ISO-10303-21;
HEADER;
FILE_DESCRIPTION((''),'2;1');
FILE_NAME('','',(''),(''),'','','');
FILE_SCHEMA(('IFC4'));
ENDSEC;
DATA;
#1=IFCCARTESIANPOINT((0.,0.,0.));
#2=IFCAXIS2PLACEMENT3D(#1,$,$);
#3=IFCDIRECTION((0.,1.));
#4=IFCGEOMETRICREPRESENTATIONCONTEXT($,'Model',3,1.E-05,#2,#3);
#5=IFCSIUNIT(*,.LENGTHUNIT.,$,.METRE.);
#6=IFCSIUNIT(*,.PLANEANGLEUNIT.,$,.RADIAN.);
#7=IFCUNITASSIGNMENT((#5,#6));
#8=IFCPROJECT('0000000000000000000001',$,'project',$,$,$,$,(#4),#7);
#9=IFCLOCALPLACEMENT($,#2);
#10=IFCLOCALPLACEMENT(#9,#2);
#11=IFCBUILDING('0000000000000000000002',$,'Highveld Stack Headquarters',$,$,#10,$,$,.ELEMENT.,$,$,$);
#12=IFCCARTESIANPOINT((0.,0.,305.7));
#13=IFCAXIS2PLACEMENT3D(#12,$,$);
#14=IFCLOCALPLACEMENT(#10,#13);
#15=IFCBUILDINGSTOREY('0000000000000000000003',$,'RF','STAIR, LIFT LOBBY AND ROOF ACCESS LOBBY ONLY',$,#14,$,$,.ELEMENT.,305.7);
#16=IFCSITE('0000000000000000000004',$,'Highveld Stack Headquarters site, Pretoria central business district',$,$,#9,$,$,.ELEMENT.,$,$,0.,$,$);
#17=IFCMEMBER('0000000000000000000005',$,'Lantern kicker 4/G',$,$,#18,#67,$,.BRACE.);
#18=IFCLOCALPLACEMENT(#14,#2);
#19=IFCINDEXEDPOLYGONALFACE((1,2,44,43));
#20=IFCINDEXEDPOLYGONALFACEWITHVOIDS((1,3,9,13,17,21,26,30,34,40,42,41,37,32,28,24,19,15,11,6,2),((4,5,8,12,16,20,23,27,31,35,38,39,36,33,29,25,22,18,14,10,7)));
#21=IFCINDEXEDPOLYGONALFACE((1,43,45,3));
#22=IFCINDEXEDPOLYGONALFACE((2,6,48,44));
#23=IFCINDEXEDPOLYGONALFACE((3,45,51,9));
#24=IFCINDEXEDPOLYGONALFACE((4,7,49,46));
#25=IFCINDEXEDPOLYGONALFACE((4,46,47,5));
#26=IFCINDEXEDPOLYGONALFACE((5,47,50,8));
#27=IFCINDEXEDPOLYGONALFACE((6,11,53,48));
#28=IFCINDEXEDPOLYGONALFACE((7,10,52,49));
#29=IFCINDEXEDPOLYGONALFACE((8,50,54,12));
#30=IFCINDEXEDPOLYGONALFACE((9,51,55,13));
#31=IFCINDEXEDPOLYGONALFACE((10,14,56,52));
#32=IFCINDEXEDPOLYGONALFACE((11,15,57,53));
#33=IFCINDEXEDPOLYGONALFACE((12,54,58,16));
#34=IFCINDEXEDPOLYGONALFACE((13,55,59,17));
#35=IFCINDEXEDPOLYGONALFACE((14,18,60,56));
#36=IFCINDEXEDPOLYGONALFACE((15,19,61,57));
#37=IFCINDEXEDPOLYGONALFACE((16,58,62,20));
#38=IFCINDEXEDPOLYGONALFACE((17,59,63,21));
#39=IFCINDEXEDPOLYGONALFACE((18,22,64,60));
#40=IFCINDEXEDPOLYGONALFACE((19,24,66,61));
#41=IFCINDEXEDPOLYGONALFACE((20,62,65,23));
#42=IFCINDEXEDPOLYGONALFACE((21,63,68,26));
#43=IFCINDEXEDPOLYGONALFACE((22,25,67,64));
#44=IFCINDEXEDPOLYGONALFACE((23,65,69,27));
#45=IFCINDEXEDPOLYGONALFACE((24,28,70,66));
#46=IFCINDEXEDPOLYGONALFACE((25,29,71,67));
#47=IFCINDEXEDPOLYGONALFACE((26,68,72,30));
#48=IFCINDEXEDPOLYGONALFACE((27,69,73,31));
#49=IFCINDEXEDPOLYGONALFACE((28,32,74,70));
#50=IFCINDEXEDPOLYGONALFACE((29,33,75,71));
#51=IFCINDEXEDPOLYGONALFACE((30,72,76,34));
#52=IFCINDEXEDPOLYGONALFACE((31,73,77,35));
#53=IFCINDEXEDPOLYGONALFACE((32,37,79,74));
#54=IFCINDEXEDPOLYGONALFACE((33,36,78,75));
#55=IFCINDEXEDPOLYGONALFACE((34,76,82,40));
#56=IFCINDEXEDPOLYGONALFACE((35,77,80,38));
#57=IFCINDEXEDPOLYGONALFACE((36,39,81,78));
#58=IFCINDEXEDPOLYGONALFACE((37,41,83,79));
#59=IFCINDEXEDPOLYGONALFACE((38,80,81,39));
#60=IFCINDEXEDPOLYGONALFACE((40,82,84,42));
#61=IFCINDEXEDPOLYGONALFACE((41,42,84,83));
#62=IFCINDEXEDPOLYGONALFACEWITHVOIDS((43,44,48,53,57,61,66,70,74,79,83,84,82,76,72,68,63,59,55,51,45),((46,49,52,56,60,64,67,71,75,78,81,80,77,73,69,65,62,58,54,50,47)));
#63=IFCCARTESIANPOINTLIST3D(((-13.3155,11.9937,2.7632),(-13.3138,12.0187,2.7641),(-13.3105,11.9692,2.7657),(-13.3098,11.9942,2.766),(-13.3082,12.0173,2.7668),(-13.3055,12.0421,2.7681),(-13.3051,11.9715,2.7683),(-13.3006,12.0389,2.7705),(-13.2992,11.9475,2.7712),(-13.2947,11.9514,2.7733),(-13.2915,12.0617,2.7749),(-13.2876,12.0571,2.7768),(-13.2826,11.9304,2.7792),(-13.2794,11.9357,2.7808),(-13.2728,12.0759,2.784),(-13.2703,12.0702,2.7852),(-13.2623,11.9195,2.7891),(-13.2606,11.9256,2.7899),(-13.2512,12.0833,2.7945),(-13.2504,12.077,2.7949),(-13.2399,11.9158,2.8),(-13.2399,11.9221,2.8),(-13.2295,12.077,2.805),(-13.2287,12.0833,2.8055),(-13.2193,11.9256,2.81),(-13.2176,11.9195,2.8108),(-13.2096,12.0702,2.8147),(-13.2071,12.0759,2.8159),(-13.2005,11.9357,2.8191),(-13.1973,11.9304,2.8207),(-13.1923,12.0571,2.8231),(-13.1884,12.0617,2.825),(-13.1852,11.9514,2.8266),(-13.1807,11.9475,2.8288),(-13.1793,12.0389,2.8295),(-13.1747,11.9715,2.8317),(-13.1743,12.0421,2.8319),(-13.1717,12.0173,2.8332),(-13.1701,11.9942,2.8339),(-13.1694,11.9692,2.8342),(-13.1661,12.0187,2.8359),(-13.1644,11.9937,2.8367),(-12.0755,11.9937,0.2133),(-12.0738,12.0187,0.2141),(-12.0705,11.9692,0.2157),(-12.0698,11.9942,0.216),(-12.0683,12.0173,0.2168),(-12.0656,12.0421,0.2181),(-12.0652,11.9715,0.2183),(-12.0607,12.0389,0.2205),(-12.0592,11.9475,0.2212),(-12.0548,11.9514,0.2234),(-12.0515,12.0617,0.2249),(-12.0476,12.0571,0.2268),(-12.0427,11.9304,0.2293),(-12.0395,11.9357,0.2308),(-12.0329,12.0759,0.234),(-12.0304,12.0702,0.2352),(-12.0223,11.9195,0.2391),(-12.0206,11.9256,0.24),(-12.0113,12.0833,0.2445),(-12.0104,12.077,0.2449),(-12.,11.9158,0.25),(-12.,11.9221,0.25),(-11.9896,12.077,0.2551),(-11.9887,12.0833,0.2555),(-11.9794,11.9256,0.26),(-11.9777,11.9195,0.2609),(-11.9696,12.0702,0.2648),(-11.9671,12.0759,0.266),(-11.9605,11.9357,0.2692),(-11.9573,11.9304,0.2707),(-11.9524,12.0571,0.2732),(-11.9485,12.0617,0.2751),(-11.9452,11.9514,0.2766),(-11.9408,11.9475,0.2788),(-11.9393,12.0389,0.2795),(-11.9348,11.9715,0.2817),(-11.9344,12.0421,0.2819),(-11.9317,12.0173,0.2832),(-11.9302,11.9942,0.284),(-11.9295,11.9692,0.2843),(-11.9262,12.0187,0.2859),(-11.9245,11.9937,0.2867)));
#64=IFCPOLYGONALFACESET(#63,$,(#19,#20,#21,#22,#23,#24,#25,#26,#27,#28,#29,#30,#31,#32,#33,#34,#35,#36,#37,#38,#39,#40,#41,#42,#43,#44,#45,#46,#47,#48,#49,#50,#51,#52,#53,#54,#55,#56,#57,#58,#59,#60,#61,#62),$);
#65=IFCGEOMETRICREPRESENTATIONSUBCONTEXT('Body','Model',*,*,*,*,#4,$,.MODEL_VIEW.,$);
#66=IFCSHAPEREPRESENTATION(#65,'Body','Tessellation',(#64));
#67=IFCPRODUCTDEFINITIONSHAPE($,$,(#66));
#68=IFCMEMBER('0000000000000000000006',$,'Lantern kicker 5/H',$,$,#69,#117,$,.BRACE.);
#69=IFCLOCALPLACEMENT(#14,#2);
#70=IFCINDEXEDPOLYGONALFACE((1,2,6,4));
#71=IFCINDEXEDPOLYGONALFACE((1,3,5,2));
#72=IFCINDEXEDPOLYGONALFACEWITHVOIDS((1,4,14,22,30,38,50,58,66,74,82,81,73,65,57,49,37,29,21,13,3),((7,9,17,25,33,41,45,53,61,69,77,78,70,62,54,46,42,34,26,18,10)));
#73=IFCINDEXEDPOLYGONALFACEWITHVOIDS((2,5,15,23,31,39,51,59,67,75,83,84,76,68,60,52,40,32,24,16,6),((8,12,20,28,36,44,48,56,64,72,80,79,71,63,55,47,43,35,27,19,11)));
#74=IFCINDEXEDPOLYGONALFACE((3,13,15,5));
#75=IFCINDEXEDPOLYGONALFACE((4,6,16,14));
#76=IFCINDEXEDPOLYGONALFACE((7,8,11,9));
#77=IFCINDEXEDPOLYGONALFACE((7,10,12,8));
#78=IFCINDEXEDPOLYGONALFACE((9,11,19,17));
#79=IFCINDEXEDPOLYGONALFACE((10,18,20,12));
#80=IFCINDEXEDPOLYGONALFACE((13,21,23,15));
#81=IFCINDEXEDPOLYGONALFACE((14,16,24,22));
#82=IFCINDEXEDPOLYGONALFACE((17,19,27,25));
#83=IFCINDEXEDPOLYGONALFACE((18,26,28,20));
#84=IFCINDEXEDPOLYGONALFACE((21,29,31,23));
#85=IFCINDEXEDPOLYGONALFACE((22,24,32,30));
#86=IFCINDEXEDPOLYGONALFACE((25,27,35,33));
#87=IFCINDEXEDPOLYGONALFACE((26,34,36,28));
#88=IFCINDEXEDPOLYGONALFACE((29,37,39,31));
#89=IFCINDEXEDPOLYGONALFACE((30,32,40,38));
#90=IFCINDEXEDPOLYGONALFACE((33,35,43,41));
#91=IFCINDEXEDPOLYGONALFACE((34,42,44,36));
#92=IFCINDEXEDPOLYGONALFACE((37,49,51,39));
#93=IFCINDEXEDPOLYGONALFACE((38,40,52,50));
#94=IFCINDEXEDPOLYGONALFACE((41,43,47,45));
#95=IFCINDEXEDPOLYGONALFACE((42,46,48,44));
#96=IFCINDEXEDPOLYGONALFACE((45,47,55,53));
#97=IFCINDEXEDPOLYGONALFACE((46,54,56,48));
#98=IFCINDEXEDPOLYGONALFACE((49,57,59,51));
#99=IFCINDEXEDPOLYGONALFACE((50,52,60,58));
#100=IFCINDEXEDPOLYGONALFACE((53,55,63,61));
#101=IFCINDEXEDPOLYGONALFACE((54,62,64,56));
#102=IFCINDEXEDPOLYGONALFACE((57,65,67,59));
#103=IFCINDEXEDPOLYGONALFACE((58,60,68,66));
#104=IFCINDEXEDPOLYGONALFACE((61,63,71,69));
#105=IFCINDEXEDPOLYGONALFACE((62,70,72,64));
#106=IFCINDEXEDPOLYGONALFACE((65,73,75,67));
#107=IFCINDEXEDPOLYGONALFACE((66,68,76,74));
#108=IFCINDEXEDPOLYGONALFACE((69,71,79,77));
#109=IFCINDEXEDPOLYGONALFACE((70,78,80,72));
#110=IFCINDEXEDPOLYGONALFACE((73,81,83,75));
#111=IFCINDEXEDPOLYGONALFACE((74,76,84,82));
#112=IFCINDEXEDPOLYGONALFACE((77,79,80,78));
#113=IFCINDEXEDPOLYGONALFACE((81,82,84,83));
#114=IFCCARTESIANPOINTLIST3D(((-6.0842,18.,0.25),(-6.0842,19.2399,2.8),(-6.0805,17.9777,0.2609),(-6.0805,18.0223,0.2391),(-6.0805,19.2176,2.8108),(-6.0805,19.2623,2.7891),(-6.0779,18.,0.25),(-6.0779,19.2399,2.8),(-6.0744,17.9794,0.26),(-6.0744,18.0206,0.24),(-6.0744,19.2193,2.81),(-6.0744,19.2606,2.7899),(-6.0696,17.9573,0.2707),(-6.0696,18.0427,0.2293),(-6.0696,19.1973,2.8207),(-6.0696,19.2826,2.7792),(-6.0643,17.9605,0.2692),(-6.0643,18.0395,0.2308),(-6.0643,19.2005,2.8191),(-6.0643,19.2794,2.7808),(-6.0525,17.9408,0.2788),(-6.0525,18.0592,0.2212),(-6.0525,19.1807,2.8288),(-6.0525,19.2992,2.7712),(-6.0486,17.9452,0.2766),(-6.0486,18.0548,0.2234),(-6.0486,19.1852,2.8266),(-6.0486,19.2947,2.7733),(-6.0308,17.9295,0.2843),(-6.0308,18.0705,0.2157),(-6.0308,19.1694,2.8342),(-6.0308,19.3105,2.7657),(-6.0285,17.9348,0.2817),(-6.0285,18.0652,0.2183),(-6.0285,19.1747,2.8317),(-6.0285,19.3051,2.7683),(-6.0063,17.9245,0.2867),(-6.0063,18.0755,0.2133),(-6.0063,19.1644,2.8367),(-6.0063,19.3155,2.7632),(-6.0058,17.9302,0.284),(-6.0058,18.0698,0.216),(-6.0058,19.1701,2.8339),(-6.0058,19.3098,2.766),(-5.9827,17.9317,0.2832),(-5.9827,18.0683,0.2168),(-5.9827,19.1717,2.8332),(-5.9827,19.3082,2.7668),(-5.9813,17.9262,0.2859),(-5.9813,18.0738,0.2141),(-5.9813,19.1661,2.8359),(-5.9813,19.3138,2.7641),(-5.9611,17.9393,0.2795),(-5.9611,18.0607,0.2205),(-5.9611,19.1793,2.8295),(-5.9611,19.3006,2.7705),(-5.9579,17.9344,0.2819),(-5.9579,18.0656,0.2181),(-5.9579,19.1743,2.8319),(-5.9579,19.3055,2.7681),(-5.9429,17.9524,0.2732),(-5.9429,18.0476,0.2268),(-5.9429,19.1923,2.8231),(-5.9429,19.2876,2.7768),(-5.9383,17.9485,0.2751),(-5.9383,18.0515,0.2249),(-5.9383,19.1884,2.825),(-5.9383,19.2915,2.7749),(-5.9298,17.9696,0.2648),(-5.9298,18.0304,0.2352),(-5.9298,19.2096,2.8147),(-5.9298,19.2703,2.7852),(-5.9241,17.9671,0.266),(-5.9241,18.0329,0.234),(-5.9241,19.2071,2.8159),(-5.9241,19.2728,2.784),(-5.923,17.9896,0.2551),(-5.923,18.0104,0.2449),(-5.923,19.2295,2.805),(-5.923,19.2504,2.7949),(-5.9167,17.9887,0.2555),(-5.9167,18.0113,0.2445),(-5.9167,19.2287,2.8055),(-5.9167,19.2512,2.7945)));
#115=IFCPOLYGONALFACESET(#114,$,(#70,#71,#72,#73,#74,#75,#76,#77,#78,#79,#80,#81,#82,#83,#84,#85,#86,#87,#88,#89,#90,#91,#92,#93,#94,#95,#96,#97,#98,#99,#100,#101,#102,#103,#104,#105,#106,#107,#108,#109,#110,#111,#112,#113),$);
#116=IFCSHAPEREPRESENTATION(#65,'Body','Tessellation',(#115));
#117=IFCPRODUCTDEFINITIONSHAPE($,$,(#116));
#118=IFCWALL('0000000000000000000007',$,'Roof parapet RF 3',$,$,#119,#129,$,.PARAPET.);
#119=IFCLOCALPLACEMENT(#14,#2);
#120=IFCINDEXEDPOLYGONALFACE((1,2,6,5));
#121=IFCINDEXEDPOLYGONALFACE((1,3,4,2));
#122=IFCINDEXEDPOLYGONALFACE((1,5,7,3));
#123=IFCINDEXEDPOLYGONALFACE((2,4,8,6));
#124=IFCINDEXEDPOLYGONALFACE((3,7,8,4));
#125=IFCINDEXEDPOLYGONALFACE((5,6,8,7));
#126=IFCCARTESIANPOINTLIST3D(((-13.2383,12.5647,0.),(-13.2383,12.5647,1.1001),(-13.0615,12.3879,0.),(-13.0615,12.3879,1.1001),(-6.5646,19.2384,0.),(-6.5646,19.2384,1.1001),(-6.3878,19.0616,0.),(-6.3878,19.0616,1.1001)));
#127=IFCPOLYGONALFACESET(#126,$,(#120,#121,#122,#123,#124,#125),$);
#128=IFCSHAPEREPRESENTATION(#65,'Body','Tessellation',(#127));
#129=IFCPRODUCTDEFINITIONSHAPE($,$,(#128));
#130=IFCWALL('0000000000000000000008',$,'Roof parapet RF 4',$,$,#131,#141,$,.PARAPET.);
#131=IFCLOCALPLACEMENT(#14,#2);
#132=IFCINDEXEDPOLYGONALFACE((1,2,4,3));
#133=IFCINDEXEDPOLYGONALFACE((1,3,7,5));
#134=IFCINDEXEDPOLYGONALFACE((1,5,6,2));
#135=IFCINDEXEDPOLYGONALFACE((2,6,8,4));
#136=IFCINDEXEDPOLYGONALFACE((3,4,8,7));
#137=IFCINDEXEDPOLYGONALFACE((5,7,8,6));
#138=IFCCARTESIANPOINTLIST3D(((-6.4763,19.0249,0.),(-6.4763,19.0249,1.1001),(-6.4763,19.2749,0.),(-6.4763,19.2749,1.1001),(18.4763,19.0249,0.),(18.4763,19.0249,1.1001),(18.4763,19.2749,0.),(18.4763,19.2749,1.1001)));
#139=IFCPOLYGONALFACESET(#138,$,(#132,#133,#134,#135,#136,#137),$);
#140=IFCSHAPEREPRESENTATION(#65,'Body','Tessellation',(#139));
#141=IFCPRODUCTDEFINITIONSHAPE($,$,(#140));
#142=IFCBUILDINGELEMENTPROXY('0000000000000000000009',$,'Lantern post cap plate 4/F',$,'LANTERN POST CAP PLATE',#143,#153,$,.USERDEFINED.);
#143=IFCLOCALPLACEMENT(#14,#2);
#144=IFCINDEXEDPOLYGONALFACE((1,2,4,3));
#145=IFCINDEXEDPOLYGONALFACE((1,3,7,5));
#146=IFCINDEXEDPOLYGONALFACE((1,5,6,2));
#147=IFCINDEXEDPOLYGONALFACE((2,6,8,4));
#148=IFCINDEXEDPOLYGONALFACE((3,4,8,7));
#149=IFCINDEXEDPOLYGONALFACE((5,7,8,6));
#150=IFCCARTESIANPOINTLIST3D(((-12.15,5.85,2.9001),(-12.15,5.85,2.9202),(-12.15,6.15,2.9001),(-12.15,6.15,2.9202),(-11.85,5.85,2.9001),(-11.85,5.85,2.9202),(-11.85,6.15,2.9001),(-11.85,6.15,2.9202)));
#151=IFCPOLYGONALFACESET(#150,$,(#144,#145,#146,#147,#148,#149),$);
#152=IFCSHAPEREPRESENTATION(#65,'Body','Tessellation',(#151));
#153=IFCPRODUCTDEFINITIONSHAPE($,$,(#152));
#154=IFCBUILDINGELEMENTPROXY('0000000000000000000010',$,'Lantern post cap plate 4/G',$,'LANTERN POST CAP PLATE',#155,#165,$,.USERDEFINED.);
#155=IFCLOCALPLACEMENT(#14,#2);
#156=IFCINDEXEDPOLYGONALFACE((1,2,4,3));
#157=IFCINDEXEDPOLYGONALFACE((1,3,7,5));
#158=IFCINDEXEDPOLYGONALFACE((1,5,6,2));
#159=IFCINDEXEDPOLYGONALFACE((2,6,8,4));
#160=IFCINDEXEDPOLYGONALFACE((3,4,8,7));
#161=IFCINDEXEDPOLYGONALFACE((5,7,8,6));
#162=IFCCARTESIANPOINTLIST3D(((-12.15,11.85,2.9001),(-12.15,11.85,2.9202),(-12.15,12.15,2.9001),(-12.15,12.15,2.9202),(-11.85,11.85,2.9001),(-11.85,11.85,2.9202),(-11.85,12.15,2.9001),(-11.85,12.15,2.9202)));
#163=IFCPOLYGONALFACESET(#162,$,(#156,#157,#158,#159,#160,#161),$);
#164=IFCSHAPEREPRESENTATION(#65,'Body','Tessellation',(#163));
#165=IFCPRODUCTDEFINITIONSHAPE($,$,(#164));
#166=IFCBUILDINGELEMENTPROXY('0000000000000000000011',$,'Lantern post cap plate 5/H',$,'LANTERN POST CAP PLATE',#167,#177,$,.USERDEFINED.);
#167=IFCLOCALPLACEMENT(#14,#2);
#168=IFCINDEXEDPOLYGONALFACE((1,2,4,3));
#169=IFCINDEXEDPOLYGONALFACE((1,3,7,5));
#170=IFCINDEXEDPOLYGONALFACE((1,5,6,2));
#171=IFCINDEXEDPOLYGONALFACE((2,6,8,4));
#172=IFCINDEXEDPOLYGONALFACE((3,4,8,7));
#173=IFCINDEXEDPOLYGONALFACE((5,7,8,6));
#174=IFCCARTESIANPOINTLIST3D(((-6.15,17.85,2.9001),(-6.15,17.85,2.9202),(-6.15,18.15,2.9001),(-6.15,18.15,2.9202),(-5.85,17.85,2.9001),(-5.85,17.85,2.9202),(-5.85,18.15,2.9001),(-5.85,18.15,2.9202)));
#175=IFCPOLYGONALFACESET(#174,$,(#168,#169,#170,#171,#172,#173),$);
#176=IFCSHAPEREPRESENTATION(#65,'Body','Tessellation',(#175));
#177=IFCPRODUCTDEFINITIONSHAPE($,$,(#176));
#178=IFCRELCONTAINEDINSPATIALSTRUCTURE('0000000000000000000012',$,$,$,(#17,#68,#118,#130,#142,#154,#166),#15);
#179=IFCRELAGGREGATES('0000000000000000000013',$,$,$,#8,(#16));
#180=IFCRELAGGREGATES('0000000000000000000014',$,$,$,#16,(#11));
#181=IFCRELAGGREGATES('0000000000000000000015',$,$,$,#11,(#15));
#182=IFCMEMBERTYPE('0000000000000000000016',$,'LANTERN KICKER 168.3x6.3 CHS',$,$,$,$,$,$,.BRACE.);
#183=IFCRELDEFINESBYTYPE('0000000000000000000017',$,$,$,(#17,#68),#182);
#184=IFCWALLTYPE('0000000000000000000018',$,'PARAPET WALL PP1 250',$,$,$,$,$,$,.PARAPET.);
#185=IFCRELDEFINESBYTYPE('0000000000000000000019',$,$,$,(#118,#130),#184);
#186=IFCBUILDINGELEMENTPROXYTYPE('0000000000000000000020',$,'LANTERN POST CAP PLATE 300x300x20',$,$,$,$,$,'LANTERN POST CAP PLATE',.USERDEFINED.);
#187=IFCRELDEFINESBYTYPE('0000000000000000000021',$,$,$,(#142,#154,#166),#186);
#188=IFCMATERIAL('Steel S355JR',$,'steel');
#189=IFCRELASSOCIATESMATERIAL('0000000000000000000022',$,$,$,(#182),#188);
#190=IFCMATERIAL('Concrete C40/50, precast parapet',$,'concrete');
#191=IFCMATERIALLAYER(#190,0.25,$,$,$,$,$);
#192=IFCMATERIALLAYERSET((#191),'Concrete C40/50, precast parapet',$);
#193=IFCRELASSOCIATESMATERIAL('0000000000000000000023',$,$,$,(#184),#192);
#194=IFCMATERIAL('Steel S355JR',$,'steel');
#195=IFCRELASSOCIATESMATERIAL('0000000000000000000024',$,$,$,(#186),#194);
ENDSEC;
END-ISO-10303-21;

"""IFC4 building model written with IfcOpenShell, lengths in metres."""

from ifc_helpers import new_model, si_unit, direction, frame, frame_2d, origin, origin_2d, place, context, subcontext, project, spatial, rectangle, hollow_circle, extrude, material, layer, layer_set, material_profile, profile_set, type_object, element, save


model = new_model("IFC4")

# Units and contexts
model_context = context("Model", 3, precision=1e-05, world=origin(), true_north=direction((0.0, 1.0)))
body_context = subcontext(model_context, "Body", "Model", "MODEL_VIEW")
ifc_project = project(units=[si_unit("LENGTHUNIT", "METRE"), si_unit("PLANEANGLEUNIT", "RADIAN")], contexts=[model_context])

# Site, building, storey
site_placement = place(None, origin())
site = spatial("IfcSite", under=ifc_project, at=site_placement, Name="Highveld Stack Headquarters site, Pretoria central business district", CompositionType="ELEMENT", RefElevation=0.0)
building_placement = place(site_placement, origin())
building = spatial("IfcBuilding", under=site, at=building_placement, Name="Highveld Stack Headquarters", CompositionType="ELEMENT")
storey_placement = place(building_placement, frame((0.0, 0.0, 305.7)))
storey = spatial("IfcBuildingStorey", under=building, at=storey_placement, Name="RF", Description="STAIR, LIFT LOBBY AND ROOF ACCESS LOBBY ONLY", CompositionType="ELEMENT", Elevation=305.7)

# Members
ifc_material_1 = material(Name="Steel S355JR", Category="steel")
ifc_material_profile_1 = material_profile(ifc_material_1, hollow_circle(Radius=0.0842, WallThickness=0.0063, at=origin_2d()), Name="168.3x6.3 CHS")
ifc_profile_set_1 = profile_set([ifc_material_profile_1], Name="Steel S355JR")
member_type = type_object("IfcMemberType", Name="LANTERN KICKER 168.3x6.3 CHS", PredefinedType="BRACE", material=ifc_profile_set_1)
for number, where, z_axis, x_axis, name in (
    (1, (-12.0, 12.0, 0.25), (-0.437302, 0.0, 0.899315), (0.0, -1.0, 0.0), "Lantern kicker 4/G"),
    (2, (-6.0, 18.0, 0.25), (0.0, 0.437302, 0.899315), (-1.0, 0.0, 0.0), "Lantern kicker 5/H"),
):
    element("IfcMember", number, at=place(storey_placement, frame(where, z_axis=z_axis, x_axis=x_axis)), inside=storey, type_object=member_type, Name=name, PredefinedType="BRACE", context=body_context, shape_type="SweptSolid", body=[
        extrude(hollow_circle(Radius=0.0842, WallThickness=0.0063, at=origin_2d()), origin(), (0.0, 0.0, 1.0), 2.8354),
    ])

# Walls
ifc_material_2 = material(Name="Concrete C40/50, precast parapet", Category="concrete")
ifc_layer = layer(ifc_material_2, 0.25)
ifc_layer_set = layer_set([ifc_layer], Name="Concrete C40/50, precast parapet")
wall_type = type_object("IfcWallType", Name="PARAPET WALL PP1 250", PredefinedType="PARAPET", material=ifc_layer_set)
wall_1_placement = place(storey_placement, frame((-13.1499, 12.4763, 0.0), z_axis=(0.0, 0.0, 1.0), x_axis=(0.707107, 0.707107, 0.0)))
element("IfcWall", 3, at=wall_1_placement, inside=storey, type_object=wall_type, Name="Roof parapet RF 3", PredefinedType="PARAPET", context=body_context, shape_type="SweptSolid", body=[
    extrude(rectangle(XDim=9.438, YDim=0.25, at=frame_2d((4.719, 0.0))), origin(), (0.0, 0.0, 1.0), 1.1001),
])
wall_2_placement = place(storey_placement, frame((-6.4763, 19.1499, 0.0), z_axis=(0.0, 0.0, 1.0), x_axis=(1.0, 0.0, 0.0)))
element("IfcWall", 4, at=wall_2_placement, inside=storey, type_object=wall_type, Name="Roof parapet RF 4", PredefinedType="PARAPET", context=body_context, shape_type="SweptSolid", body=[
    extrude(rectangle(XDim=24.9526, YDim=0.25, at=frame_2d((12.4763, 0.0))), origin(), (0.0, 0.0, 1.0), 1.1001),
])

# Building element proxies
ifc_material_3 = material(Name="Steel S355JR", Category="steel")
building_element_proxy_type = type_object("IfcBuildingElementProxyType", Name="LANTERN POST CAP PLATE 300x300x20", ElementType="LANTERN POST CAP PLATE", PredefinedType="USERDEFINED", material=ifc_material_3)
for number, where, z_axis, x_axis, name in (
    (5, (-12.0, 6.0, 2.9001), (0.0, 0.0, 1.0), (1.0, 0.0, 0.0), "Lantern post cap plate 4/F"),
    (6, (-12.0, 12.0, 2.9001), (0.0, 0.0, 1.0), (1.0, 0.0, 0.0), "Lantern post cap plate 4/G"),
    (7, (-6.0, 18.0, 2.9001), (0.0, 0.0, 1.0), (1.0, 0.0, 0.0), "Lantern post cap plate 5/H"),
):
    element("IfcBuildingElementProxy", number, at=place(storey_placement, frame(where, z_axis=z_axis, x_axis=x_axis)), inside=storey, type_object=building_element_proxy_type, Name=name, ObjectType="LANTERN POST CAP PLATE", PredefinedType="USERDEFINED", context=body_context, shape_type="SweptSolid", body=[
        extrude(rectangle(XDim=0.3, YDim=0.3, at=origin_2d()), origin(), (0.0, 0.0, 1.0), 0.02),
    ])

save(model, "model.ifc")
